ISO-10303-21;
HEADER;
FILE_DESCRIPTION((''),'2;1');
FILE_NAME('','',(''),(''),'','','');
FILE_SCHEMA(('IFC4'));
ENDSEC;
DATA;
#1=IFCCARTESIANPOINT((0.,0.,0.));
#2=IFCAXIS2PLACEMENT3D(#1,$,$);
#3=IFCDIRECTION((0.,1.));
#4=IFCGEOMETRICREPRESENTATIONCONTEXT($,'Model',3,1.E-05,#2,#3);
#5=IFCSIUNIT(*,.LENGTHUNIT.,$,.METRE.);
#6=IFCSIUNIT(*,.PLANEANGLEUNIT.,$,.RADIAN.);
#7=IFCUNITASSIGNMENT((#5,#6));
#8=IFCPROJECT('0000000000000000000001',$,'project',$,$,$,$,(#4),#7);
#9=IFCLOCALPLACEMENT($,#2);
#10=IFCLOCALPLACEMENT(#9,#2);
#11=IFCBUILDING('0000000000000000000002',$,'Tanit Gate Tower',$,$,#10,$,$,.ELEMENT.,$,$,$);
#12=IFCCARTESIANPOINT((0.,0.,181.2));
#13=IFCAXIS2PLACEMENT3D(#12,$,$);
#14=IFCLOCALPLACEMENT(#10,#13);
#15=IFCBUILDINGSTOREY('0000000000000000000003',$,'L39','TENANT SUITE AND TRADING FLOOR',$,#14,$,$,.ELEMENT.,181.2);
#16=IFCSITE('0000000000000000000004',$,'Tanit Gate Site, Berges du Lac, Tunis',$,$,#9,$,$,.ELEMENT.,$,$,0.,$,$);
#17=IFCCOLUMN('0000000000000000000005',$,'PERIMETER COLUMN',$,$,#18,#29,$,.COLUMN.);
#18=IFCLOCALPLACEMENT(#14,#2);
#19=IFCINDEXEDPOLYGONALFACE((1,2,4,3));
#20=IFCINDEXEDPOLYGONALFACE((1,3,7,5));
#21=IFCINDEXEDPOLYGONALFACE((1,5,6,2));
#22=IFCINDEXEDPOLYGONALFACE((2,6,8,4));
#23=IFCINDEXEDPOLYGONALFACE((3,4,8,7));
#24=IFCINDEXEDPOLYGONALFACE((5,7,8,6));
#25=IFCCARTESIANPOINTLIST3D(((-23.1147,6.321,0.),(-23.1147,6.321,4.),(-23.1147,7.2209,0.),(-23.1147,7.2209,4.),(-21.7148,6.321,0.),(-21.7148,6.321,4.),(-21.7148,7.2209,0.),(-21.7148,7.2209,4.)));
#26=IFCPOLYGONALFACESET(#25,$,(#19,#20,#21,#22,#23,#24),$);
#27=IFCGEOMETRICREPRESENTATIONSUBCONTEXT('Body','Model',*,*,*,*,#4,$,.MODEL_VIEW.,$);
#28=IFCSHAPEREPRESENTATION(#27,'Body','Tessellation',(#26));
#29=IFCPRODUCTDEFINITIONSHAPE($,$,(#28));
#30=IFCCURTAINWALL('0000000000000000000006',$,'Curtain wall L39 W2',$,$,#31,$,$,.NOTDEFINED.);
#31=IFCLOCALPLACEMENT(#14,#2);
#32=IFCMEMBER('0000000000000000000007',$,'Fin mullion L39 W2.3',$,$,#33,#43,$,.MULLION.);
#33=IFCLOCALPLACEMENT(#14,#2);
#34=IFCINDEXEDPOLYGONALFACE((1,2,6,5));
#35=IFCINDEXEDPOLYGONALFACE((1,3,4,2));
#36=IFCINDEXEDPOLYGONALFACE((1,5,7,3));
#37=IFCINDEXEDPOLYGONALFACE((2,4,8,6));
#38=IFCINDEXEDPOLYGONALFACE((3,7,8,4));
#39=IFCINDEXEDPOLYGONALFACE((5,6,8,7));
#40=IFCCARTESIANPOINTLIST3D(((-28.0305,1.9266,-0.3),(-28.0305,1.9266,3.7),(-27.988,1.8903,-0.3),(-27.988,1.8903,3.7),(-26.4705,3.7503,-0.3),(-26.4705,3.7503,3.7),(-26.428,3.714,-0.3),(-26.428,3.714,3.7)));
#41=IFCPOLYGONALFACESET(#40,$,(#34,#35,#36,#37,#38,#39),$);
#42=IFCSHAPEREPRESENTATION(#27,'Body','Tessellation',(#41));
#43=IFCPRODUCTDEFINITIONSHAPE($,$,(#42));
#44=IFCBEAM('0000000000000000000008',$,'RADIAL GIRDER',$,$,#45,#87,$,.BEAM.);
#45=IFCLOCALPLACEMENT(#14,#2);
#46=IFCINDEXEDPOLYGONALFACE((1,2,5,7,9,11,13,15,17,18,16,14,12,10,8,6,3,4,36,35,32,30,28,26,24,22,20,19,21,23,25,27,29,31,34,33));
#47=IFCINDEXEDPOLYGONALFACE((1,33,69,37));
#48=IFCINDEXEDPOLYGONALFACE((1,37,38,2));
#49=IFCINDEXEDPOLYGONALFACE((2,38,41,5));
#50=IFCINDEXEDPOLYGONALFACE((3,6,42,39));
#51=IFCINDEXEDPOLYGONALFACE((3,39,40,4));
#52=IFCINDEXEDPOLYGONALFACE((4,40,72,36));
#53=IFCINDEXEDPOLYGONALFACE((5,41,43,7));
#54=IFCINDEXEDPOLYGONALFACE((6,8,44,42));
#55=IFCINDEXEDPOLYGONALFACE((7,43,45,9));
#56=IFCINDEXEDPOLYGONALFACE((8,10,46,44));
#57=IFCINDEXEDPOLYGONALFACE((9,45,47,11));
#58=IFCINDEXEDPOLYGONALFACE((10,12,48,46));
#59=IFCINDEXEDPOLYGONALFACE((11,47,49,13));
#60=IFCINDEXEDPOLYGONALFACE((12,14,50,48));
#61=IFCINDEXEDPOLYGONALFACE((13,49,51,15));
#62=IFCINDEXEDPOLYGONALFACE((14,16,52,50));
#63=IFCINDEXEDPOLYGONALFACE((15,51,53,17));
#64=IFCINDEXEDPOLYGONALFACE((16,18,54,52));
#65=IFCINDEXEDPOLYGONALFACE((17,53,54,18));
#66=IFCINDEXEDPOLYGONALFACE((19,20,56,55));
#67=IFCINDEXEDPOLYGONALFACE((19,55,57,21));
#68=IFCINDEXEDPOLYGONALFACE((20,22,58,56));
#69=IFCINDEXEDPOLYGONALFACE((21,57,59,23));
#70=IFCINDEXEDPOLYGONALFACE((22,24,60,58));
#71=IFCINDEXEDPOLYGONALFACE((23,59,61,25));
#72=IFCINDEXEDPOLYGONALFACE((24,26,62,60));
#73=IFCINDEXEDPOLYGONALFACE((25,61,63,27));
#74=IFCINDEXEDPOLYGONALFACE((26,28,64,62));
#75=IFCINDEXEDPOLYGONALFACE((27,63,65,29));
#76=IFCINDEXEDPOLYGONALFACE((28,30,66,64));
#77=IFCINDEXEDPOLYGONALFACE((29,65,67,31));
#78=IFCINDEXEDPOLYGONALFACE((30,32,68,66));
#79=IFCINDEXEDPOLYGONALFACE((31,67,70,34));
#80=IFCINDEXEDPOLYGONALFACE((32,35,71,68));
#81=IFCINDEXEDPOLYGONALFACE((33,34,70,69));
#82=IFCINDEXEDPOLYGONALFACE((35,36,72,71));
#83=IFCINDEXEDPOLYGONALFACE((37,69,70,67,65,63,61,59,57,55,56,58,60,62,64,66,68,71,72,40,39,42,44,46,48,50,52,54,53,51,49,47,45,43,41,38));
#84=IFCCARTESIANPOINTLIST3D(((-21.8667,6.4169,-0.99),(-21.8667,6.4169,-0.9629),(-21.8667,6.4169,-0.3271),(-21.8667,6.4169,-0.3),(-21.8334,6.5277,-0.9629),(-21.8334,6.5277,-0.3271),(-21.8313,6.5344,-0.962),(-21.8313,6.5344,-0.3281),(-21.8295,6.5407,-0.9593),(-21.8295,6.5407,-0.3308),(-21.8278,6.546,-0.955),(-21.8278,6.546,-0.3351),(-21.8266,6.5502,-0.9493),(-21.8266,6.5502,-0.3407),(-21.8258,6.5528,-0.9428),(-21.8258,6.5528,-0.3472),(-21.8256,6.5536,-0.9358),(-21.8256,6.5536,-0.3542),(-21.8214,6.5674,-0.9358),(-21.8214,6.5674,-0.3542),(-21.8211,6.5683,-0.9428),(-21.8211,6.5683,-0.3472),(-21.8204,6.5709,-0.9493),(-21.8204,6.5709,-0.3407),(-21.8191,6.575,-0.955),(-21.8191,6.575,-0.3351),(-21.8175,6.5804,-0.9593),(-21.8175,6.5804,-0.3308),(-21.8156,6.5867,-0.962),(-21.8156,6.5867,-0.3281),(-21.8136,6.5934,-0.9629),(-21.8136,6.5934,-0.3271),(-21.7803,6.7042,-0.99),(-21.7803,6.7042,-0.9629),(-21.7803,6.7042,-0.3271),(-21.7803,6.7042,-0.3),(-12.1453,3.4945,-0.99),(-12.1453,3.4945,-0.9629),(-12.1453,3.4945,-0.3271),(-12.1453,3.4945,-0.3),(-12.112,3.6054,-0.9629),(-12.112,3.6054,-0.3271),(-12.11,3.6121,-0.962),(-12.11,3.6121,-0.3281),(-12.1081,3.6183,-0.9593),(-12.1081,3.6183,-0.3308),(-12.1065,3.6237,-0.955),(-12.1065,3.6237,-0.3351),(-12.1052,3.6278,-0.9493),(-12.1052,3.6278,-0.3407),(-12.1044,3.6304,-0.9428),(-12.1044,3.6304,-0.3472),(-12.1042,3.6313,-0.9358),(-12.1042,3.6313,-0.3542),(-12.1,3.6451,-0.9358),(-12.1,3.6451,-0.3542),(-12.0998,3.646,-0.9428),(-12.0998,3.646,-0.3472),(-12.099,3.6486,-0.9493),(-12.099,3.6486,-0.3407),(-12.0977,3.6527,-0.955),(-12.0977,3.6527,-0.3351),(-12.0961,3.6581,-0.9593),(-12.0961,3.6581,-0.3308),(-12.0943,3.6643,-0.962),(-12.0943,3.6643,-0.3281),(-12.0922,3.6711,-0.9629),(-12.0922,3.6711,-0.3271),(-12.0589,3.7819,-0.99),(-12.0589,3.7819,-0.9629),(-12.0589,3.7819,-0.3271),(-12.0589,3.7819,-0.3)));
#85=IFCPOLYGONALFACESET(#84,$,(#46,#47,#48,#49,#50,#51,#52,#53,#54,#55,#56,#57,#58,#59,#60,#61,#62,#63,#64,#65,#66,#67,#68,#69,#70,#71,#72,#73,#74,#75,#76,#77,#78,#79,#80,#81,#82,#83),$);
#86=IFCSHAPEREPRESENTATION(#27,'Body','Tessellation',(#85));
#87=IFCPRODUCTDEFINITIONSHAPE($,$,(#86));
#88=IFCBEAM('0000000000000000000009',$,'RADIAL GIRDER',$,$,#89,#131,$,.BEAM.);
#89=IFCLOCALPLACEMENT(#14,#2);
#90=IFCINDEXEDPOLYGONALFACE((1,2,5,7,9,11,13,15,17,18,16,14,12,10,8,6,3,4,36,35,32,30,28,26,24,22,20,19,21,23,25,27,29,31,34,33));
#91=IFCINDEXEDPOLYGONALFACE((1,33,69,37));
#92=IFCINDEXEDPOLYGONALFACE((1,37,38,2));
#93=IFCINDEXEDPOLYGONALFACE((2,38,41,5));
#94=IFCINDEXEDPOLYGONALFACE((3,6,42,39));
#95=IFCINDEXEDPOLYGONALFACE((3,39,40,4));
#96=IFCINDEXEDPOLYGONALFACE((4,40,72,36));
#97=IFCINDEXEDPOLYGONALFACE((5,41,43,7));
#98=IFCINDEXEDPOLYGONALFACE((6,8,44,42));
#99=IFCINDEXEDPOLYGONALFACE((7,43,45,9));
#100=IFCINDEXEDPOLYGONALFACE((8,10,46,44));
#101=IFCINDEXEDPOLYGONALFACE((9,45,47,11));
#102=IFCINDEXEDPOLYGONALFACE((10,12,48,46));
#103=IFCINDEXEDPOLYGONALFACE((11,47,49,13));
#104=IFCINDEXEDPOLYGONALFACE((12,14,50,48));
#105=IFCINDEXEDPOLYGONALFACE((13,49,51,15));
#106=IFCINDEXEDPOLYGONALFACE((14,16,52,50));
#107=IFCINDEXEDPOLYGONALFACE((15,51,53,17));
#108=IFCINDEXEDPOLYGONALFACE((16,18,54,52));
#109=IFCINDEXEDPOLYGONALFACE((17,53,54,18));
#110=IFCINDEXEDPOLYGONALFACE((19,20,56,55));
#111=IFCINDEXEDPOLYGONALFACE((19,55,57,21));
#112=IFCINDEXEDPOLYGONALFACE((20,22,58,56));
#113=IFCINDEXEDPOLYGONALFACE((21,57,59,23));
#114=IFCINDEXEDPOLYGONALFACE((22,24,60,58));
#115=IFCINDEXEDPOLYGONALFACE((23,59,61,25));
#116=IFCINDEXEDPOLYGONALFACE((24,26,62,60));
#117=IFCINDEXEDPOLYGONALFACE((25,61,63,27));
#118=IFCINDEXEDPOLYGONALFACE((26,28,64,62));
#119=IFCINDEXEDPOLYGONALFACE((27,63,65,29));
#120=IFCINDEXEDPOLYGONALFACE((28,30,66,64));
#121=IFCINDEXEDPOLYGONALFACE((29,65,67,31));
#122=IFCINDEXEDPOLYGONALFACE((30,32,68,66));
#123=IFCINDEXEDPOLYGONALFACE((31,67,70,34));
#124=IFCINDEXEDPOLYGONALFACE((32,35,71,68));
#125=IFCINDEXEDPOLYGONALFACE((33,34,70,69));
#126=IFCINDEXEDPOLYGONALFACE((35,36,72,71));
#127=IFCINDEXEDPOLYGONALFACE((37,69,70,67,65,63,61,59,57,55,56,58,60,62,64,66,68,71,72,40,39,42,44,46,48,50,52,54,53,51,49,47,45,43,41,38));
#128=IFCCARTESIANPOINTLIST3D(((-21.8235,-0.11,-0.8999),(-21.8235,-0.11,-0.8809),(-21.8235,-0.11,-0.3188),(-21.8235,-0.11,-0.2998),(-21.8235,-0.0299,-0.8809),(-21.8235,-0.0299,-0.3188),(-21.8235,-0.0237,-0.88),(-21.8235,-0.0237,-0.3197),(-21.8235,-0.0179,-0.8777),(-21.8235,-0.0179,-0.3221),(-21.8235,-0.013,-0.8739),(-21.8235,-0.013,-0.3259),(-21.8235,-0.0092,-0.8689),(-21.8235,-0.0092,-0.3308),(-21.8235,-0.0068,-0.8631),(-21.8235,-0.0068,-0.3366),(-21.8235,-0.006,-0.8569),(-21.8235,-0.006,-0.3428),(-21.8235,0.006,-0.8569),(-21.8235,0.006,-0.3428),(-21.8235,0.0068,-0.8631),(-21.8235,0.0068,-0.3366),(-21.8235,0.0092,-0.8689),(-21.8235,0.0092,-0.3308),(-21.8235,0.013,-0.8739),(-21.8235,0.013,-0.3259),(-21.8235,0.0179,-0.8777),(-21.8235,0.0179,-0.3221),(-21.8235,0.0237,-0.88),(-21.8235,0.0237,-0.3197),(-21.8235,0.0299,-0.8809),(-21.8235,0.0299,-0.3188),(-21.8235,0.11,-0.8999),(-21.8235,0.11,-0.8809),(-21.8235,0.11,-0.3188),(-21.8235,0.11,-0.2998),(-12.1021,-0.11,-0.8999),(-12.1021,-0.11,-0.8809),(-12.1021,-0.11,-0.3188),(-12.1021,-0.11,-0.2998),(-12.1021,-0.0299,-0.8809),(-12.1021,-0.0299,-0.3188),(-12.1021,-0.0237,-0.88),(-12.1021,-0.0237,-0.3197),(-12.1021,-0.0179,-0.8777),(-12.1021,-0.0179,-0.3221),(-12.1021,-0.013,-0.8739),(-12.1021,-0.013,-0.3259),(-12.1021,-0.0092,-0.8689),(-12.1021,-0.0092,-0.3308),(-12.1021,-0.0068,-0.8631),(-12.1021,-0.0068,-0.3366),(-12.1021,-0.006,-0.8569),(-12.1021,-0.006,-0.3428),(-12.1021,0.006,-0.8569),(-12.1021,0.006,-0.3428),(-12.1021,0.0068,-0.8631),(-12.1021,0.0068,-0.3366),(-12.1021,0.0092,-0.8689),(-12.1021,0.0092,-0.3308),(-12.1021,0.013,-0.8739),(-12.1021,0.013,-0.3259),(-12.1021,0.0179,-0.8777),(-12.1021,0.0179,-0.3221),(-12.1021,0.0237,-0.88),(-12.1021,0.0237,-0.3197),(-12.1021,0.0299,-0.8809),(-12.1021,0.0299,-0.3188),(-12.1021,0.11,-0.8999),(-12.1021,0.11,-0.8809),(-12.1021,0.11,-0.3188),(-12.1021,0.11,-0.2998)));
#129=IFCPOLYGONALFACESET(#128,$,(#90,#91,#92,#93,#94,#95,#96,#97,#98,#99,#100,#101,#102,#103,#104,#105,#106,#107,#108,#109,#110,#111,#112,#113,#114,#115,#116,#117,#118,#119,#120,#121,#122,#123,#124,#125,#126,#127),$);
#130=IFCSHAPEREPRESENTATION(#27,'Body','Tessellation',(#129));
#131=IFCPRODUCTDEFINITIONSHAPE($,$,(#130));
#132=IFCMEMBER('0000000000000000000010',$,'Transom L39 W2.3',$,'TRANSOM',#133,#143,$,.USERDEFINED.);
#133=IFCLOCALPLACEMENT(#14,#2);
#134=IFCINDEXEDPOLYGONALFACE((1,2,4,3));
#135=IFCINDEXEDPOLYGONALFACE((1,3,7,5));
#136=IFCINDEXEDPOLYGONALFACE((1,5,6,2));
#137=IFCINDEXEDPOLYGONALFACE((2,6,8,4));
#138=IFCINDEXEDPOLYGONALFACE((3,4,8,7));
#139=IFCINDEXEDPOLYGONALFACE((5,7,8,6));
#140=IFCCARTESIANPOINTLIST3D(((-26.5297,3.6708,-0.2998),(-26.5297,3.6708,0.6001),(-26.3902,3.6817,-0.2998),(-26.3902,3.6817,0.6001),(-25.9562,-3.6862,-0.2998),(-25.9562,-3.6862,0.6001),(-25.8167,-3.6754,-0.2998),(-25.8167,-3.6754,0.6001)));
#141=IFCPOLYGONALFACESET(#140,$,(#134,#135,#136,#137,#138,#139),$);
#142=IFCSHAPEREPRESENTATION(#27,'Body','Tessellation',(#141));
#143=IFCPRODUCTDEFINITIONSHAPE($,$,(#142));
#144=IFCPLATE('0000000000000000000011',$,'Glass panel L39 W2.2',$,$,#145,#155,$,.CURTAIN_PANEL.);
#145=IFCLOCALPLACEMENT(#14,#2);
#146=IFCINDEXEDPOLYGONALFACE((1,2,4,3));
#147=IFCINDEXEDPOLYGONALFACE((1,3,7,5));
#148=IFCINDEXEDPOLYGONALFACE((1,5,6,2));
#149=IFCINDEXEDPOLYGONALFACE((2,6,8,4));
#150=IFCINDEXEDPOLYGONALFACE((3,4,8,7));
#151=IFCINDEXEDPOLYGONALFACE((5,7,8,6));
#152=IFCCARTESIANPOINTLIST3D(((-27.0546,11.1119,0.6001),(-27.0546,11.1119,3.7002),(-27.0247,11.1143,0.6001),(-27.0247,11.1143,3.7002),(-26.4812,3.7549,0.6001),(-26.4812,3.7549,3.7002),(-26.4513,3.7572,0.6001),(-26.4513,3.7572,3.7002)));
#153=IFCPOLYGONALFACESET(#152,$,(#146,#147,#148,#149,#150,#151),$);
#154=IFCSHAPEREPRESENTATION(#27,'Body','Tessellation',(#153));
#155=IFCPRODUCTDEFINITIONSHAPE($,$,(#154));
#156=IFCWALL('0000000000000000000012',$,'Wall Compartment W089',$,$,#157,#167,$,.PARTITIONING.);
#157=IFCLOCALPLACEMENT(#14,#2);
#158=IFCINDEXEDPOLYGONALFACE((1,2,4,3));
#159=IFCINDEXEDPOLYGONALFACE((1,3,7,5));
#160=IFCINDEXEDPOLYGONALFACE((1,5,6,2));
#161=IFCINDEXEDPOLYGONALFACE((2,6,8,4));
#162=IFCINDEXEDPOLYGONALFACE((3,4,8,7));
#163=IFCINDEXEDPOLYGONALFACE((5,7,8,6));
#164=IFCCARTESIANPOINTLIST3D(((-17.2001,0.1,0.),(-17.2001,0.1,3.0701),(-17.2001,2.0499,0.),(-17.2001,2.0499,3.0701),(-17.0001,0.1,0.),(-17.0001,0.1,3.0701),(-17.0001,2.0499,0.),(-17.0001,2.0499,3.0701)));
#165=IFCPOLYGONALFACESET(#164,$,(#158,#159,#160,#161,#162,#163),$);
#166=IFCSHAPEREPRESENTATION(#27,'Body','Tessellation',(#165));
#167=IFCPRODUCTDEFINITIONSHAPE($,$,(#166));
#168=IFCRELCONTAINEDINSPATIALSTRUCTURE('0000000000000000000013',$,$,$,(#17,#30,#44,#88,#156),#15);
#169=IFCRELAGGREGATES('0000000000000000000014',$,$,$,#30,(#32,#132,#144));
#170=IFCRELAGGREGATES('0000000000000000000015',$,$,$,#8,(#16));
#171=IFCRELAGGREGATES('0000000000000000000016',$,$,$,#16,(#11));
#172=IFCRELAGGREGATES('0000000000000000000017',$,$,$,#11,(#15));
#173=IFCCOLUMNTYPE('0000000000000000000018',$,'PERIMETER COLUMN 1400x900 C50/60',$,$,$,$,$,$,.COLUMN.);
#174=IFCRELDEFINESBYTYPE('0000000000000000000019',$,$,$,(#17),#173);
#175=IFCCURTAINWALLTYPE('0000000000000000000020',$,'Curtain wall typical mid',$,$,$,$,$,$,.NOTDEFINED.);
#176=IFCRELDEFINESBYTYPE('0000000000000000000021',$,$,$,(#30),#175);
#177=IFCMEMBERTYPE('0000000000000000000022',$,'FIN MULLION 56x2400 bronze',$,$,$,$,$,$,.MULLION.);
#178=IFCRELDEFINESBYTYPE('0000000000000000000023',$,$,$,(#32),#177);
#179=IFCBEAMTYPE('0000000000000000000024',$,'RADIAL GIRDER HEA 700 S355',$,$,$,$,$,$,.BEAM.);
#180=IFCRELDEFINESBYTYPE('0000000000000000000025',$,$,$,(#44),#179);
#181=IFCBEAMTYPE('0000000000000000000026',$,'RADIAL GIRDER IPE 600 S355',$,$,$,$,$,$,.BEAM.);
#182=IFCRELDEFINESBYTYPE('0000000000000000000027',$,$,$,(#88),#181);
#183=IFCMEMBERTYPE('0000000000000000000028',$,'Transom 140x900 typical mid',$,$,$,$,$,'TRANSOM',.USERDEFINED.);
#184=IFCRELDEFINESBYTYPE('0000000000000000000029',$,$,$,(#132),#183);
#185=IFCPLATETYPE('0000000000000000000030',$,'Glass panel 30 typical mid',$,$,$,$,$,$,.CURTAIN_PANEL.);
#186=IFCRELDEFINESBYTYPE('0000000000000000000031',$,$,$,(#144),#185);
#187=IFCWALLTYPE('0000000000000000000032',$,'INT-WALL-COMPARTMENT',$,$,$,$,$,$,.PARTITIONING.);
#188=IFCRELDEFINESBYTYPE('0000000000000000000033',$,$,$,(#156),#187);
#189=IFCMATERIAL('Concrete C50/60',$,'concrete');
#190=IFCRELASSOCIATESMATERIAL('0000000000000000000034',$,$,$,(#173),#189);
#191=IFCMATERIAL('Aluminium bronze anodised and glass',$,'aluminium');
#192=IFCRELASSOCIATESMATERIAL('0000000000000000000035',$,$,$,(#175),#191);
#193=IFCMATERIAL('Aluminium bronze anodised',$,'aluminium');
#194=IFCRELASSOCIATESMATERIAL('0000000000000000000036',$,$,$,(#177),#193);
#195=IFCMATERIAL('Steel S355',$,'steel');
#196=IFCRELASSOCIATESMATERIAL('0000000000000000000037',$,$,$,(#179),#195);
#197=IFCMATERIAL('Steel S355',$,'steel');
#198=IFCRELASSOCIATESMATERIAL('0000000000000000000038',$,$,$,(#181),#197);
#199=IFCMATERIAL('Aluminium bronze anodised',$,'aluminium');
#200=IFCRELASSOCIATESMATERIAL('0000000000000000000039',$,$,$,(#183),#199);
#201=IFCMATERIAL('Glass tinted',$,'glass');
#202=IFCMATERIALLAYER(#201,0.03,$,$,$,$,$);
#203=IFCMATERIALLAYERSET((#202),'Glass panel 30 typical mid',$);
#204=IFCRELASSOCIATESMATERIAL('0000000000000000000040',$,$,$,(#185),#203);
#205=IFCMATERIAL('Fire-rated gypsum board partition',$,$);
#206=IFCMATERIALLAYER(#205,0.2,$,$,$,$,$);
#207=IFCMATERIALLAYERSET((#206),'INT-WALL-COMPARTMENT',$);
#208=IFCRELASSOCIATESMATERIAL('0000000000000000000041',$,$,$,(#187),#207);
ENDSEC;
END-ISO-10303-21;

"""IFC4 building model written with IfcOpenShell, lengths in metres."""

from ifc_helpers import new_model, si_unit, direction, frame, frame_2d, origin, origin_2d, place, context, subcontext, project, spatial, rectangle, i_section, extrude, material, layer, layer_set, material_profile, profile_set, type_object, element, aggregate, save


model = new_model("IFC4")

# Units and contexts
model_context = context("Model", 3, precision=1e-05, world=origin(), true_north=direction((0.0, 1.0)))
body_context = subcontext(model_context, "Body", "Model", "MODEL_VIEW")
ifc_project = project(units=[si_unit("LENGTHUNIT", "METRE"), si_unit("PLANEANGLEUNIT", "RADIAN")], contexts=[model_context])

# Site, building, storey
site_placement = place(None, origin())
site = spatial("IfcSite", under=ifc_project, at=site_placement, Name="Tanit Gate Site, Berges du Lac, Tunis", CompositionType="ELEMENT", RefElevation=0.0)
building_placement = place(site_placement, origin())
building = spatial("IfcBuilding", under=site, at=building_placement, Name="Tanit Gate Tower", CompositionType="ELEMENT")
storey_placement = place(building_placement, frame((0.0, 0.0, 181.2)))
storey = spatial("IfcBuildingStorey", under=building, at=storey_placement, Name="L39", Description="TENANT SUITE AND TRADING FLOOR", CompositionType="ELEMENT", Elevation=181.2)

# Column
ifc_material_1 = material(Name="Concrete C50/60", Category="concrete")
ifc_material_profile_1 = material_profile(ifc_material_1, rectangle(XDim=1.3999, YDim=0.8999, at=origin_2d()), Name="RC 1400x900")
ifc_profile_set_1 = profile_set([ifc_material_profile_1], Name="Concrete C50/60")
column_type = type_object("IfcColumnType", Name="PERIMETER COLUMN 1400x900 C50/60", PredefinedType="COLUMN", material=ifc_profile_set_1)
column_placement = place(storey_placement, frame((-22.4148, 6.771, 0.0), z_axis=(0.0, 0.0, 1.0), x_axis=(-1.0, 0.0, 0.0)))
element("IfcColumn", 1, at=column_placement, inside=storey, type_object=column_type, Name="PERIMETER COLUMN", PredefinedType="COLUMN", context=body_context, shape_type="SweptSolid", body=[
    extrude(rectangle(XDim=1.3999, YDim=0.8999, at=origin_2d()), origin(), (0.0, 0.0, 1.0), 4.0),
])

# Curtain wall, member
ifc_material_2 = material(Name="Aluminium bronze anodised and glass", Category="aluminium")
curtain_wall_type = type_object("IfcCurtainWallType", Name="Curtain wall typical mid", PredefinedType="NOTDEFINED", material=ifc_material_2)
curtain_wall_placement = place(storey_placement, origin())
curtain_wall = element("IfcCurtainWall", 2, at=curtain_wall_placement, inside=storey, type_object=curtain_wall_type, Name="Curtain wall L39 W2", PredefinedType="NOTDEFINED")
ifc_material_3 = material(Name="Aluminium bronze anodised", Category="aluminium")
ifc_material_profile_2 = material_profile(ifc_material_3, rectangle(XDim=2.3999, YDim=0.0559, at=origin_2d()), Name="56x2400 bronze fin mullion")
ifc_profile_set_2 = profile_set([ifc_material_profile_2], Name="Aluminium bronze anodised")
member_type_1 = type_object("IfcMemberType", Name="FIN MULLION 56x2400 bronze", PredefinedType="MULLION", material=ifc_profile_set_2)
member_1_placement = place(storey_placement, frame((-27.2292, 2.8203, -0.3), z_axis=(0.0, 0.0, 1.0), x_axis=(0.650026, 0.759912, 0.0)))
member_1 = element("IfcMember", 3, at=member_1_placement, type_object=member_type_1, Name="Fin mullion L39 W2.3", PredefinedType="MULLION", context=body_context, shape_type="SweptSolid", body=[
    extrude(rectangle(XDim=2.3999, YDim=0.0559, at=origin_2d()), origin(), (0.0, 0.0, 1.0), 4.0),
])

# Beams
ifc_material_4 = material(Name="Steel S355", Category="steel")
ifc_material_profile_3 = material_profile(ifc_material_4, i_section(OverallWidth=0.3, OverallDepth=0.6899, WebThickness=0.0144, FlangeThickness=0.0271, FilletRadius=0.0271, at=origin_2d()), Name="HEA 700")
ifc_profile_set_3 = profile_set([ifc_material_profile_3], Name="Steel S355")
beam_type_1 = type_object("IfcBeamType", Name="RADIAL GIRDER HEA 700 S355", PredefinedType="BEAM", material=ifc_profile_set_3)
beam_1_placement = place(storey_placement, frame((-21.8235, 6.5605, -0.645), z_axis=(0.957665, -0.287884, 0.0), x_axis=(0.287884, 0.957665, 0.0)))
element("IfcBeam", 4, at=beam_1_placement, inside=storey, type_object=beam_type_1, Name="RADIAL GIRDER", PredefinedType="BEAM", context=body_context, shape_type="SweptSolid", body=[
    extrude(i_section(OverallWidth=0.3, OverallDepth=0.6899, WebThickness=0.0144, FlangeThickness=0.0271, FilletRadius=0.0271, at=origin_2d()), origin(), (0.0, 0.0, 1.0), 10.1511),
])
ifc_material_5 = material(Name="Steel S355", Category="steel")
ifc_material_profile_4 = material_profile(ifc_material_5, i_section(OverallWidth=0.22, OverallDepth=0.6001, WebThickness=0.012, FlangeThickness=0.019, FilletRadius=0.0239, at=origin_2d()), Name="IPE 600")
ifc_profile_set_4 = profile_set([ifc_material_profile_4], Name="Steel S355")
beam_type_2 = type_object("IfcBeamType", Name="RADIAL GIRDER IPE 600 S355", PredefinedType="BEAM", material=ifc_profile_set_4)
beam_2_placement = place(storey_placement, frame((-21.8235, 0.0, -0.5999), z_axis=(1.0, 0.0, 0.0), x_axis=(0.0, 1.0, 0.0)))
element("IfcBeam", 5, at=beam_2_placement, inside=storey, type_object=beam_type_2, Name="RADIAL GIRDER", PredefinedType="BEAM", context=body_context, shape_type="SweptSolid", body=[
    extrude(i_section(OverallWidth=0.22, OverallDepth=0.6001, WebThickness=0.012, FlangeThickness=0.019, FilletRadius=0.0239, at=origin_2d()), origin(), (0.0, 0.0, 1.0), 9.7214),
])

# Member
ifc_material_6 = material(Name="Aluminium bronze anodised", Category="aluminium")
ifc_material_profile_5 = material_profile(ifc_material_6, rectangle(XDim=0.1399, YDim=0.8999, at=origin_2d()), Name="140x900 bronze transom")
ifc_profile_set_5 = profile_set([ifc_material_profile_5], Name="Aluminium bronze anodised")
member_type_2 = type_object("IfcMemberType", Name="Transom 140x900 typical mid", ElementType="TRANSOM", PredefinedType="USERDEFINED", material=ifc_profile_set_5)
member_2_placement = place(storey_placement, frame((-26.46, 3.6763, 0.1501), z_axis=(0.077713, -0.996976, 0.0), x_axis=(0.996976, 0.077713, 0.0)))
member_2 = element("IfcMember", 6, at=member_2_placement, type_object=member_type_2, Name="Transom L39 W2.3", ObjectType="TRANSOM", PredefinedType="USERDEFINED", context=body_context, shape_type="SweptSolid", body=[
    extrude(rectangle(XDim=0.1399, YDim=0.8999, at=origin_2d()), origin(), (0.0, 0.0, 1.0), 7.3794),
])

# Plate
ifc_material_7 = material(Name="Glass tinted", Category="glass")
ifc_layer_1 = layer(ifc_material_7, 0.03)
ifc_layer_set_1 = layer_set([ifc_layer_1], Name="Glass panel 30 typical mid")
plate_type = type_object("IfcPlateType", Name="Glass panel 30 typical mid", PredefinedType="CURTAIN_PANEL", material=ifc_layer_set_1)
plate_placement = place(storey_placement, frame((-26.7529, 7.4346, 0.6001), z_axis=(0.0, 0.0, 1.0), x_axis=(0.077701, -0.996977, 0.0)))
plate = element("IfcPlate", 7, at=plate_placement, type_object=plate_type, Name="Glass panel L39 W2.2", PredefinedType="CURTAIN_PANEL", context=body_context, shape_type="SweptSolid", body=[
    extrude(rectangle(XDim=7.3794, YDim=0.03, at=origin_2d()), origin(), (0.0, 0.0, 1.0), 3.1001),
])
aggregate(curtain_wall, [member_1, member_2, plate])

# Wall
ifc_material_8 = material(Name="Fire-rated gypsum board partition")
ifc_layer_2 = layer(ifc_material_8, 0.2)
ifc_layer_set_2 = layer_set([ifc_layer_2], Name="INT-WALL-COMPARTMENT")
wall_type_1 = type_object("IfcWallType", Name="INT-WALL-COMPARTMENT", PredefinedType="PARTITIONING", material=ifc_layer_set_2)
wall_1_placement = place(storey_placement, frame((-17.1001, 2.05, 0.0), z_axis=(0.0, 0.0, 1.0), x_axis=(0.0, -1.0, 0.0)))
element("IfcWall", 8, at=wall_1_placement, inside=storey, type_object=wall_type_1, Name="Wall Compartment W089", PredefinedType="PARTITIONING", context=body_context, shape_type="SweptSolid", body=[
    extrude(rectangle(XDim=1.95, YDim=0.2, at=frame_2d((0.9751, 0.0))), origin(), (0.0, 0.0, 1.0), 3.0701),
])

save(model, "model.ifc")
